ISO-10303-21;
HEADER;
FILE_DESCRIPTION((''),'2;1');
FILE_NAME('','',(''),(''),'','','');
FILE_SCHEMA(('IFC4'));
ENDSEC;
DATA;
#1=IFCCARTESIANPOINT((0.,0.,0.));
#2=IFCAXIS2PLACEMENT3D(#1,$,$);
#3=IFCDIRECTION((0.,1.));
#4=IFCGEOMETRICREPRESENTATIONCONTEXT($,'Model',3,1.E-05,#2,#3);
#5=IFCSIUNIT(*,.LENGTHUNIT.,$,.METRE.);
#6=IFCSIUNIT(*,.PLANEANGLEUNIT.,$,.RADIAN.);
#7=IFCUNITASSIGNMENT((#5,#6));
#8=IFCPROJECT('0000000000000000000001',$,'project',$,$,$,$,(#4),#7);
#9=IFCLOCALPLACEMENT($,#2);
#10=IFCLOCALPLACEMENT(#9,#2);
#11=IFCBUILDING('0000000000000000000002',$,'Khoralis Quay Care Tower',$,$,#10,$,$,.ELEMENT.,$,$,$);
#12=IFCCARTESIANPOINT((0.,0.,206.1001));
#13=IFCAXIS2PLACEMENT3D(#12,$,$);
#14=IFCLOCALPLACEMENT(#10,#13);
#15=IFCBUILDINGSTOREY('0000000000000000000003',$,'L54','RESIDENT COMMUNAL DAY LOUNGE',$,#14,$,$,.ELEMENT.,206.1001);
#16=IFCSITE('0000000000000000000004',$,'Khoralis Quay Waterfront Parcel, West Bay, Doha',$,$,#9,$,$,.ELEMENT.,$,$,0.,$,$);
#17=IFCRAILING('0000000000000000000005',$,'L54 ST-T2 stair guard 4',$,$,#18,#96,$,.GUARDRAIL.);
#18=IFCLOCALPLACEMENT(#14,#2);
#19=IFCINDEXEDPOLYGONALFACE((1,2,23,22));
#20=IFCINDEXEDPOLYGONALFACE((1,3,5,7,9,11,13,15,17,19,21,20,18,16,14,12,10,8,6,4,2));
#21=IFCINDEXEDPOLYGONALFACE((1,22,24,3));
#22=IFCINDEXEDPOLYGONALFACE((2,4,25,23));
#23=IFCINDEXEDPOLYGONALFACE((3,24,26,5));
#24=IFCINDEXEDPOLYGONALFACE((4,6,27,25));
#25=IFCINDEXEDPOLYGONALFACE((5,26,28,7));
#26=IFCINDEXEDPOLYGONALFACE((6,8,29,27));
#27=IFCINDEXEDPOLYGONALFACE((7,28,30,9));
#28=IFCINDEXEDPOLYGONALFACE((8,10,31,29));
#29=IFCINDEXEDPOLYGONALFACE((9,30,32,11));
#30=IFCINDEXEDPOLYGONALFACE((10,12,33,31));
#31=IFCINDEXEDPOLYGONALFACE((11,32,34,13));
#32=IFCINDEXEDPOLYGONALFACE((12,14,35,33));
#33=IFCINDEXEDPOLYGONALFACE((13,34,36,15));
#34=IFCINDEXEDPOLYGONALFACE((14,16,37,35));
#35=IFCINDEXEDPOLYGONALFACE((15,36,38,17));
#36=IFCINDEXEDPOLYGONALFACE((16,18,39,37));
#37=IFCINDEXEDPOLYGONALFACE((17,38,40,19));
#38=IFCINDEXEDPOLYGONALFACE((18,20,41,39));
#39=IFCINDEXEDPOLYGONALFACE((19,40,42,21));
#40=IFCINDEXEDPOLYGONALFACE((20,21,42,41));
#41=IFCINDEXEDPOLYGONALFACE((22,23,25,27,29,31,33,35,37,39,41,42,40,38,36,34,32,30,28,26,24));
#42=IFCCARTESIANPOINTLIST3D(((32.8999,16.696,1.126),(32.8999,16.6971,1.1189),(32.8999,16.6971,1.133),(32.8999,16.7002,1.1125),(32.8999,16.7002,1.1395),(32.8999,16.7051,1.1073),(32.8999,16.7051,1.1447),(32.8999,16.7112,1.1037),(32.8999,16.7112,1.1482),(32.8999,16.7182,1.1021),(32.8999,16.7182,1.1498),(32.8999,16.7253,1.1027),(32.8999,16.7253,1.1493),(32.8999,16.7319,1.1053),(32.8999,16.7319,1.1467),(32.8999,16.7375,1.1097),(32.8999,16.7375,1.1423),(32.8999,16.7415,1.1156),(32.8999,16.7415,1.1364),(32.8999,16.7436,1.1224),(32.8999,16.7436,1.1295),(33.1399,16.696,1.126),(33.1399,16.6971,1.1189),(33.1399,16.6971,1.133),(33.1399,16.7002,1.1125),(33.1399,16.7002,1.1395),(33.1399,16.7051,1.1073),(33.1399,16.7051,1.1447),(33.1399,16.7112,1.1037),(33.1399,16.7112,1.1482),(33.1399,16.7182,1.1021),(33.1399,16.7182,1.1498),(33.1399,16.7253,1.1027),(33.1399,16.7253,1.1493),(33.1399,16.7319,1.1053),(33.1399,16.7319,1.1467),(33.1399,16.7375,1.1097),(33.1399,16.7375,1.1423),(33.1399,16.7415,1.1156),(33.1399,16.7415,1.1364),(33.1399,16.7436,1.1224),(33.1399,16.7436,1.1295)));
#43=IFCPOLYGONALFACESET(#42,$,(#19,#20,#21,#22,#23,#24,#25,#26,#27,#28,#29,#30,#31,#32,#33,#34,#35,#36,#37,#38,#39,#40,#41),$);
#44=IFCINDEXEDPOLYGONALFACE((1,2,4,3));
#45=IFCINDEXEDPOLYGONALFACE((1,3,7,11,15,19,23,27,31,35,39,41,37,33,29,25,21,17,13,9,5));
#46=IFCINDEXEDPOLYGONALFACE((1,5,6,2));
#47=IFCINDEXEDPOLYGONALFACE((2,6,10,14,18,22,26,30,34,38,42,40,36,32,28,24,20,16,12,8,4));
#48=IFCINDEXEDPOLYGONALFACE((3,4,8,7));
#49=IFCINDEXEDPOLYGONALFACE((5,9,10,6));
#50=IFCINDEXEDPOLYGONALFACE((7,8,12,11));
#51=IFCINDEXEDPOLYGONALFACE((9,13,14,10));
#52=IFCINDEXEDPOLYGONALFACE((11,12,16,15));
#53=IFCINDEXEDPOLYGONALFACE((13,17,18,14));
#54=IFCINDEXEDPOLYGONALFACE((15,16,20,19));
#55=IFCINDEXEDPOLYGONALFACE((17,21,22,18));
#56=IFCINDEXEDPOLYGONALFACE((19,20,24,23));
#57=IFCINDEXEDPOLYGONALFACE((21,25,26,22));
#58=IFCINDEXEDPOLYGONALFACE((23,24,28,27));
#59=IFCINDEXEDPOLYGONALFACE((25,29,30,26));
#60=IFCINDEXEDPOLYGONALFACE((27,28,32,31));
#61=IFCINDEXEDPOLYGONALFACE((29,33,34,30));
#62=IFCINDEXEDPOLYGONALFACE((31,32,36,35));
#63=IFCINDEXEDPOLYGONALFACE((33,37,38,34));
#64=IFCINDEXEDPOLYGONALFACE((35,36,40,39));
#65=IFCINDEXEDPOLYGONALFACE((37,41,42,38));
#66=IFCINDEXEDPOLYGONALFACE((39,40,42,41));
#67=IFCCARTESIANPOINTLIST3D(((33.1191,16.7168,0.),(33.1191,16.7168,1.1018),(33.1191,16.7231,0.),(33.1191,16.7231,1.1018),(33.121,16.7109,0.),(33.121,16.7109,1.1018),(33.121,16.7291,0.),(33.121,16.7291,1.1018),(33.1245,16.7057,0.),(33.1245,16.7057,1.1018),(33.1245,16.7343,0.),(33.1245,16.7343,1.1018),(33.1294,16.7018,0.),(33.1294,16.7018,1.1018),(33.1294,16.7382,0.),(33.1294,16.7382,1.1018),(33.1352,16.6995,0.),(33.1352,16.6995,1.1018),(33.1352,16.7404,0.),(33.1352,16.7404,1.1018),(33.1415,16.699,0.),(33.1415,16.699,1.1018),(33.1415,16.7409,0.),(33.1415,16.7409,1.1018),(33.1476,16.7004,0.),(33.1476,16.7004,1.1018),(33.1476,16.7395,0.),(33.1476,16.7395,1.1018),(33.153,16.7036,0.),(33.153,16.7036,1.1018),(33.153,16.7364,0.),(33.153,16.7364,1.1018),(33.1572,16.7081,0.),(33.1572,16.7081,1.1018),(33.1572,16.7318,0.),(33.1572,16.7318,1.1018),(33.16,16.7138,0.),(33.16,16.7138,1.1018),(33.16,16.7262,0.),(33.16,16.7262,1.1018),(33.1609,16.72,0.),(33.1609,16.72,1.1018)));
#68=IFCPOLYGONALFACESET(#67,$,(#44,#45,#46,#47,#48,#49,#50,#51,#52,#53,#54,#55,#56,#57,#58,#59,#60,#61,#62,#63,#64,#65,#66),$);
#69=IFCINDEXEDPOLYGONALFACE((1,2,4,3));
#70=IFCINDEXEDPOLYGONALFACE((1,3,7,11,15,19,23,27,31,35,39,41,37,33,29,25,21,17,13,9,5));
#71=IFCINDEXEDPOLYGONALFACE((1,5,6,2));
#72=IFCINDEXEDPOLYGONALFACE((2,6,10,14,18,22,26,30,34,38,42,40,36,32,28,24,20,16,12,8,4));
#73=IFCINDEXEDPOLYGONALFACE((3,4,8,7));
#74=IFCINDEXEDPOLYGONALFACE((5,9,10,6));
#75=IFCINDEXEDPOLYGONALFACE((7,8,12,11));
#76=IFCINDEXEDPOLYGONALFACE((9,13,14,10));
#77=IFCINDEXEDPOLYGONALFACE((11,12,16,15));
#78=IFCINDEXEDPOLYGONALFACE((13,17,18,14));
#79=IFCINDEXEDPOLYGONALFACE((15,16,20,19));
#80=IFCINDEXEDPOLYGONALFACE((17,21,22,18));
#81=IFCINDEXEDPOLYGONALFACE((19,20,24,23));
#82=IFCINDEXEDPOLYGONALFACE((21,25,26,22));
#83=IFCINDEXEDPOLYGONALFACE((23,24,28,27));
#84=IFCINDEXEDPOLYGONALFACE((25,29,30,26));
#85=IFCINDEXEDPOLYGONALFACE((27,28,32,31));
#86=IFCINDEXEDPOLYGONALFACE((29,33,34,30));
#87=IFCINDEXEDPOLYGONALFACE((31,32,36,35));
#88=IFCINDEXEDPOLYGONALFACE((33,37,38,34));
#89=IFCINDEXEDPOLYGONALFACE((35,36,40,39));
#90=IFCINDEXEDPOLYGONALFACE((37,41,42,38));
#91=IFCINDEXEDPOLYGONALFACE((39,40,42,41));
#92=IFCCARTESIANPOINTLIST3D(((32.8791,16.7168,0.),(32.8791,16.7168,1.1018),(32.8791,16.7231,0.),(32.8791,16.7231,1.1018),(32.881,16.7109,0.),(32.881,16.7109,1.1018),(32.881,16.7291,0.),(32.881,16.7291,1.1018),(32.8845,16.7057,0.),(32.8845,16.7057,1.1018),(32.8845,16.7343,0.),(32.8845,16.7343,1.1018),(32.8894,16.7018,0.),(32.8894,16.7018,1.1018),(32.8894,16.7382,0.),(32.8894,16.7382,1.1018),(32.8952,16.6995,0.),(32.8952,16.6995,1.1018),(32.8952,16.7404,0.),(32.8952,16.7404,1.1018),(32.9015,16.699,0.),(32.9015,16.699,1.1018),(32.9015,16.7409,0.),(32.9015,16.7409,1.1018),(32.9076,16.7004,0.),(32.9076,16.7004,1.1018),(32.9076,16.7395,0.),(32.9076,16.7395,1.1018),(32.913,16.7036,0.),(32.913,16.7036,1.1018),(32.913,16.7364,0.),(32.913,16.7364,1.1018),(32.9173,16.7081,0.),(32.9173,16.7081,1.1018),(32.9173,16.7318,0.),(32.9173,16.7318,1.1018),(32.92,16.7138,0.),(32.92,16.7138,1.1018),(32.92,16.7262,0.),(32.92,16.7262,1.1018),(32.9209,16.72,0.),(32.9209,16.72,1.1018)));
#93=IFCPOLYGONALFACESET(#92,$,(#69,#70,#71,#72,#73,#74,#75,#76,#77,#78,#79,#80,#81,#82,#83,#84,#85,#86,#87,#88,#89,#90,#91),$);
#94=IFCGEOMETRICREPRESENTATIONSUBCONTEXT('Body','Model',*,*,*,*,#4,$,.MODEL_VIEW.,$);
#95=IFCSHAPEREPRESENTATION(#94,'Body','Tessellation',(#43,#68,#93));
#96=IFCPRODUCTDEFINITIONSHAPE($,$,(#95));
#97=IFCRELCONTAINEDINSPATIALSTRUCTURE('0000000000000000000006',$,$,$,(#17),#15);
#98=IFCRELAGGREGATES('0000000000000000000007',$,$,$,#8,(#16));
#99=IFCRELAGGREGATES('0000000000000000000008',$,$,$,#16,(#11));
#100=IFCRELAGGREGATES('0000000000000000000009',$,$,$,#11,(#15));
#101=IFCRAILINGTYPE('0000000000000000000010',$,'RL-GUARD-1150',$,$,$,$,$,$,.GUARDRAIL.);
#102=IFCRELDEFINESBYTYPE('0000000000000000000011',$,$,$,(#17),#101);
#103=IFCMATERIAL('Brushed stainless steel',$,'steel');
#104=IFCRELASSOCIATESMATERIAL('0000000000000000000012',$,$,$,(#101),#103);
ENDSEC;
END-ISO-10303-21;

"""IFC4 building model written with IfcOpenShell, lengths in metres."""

from ifc_helpers import new_model, si_unit, direction, frame, origin, origin_2d, place, context, subcontext, project, spatial, circle, extrude, material, type_object, element, save


model = new_model("IFC4")

# Units and contexts
model_context = context("Model", 3, precision=1e-05, world=origin(), true_north=direction((0.0, 1.0)))
body_context = subcontext(model_context, "Body", "Model", "MODEL_VIEW")
ifc_project = project(units=[si_unit("LENGTHUNIT", "METRE"), si_unit("PLANEANGLEUNIT", "RADIAN")], contexts=[model_context])

# Site, building, storey
site_placement = place(None, origin())
site = spatial("IfcSite", under=ifc_project, at=site_placement, Name="Khoralis Quay Waterfront Parcel, West Bay, Doha", CompositionType="ELEMENT", RefElevation=0.0)
building_placement = place(site_placement, origin())
building = spatial("IfcBuilding", under=site, at=building_placement, Name="Khoralis Quay Care Tower", CompositionType="ELEMENT")
storey_placement = place(building_placement, frame((0.0, 0.0, 206.1001)))
storey = spatial("IfcBuildingStorey", under=building, at=storey_placement, Name="L54", Description="RESIDENT COMMUNAL DAY LOUNGE", CompositionType="ELEMENT", Elevation=206.1001)

# Shared definitions
ifc_material_1 = material(Name="Brushed stainless steel", Category="steel")

# Railing
railing_type_1 = type_object("IfcRailingType", Name="RL-GUARD-1150", PredefinedType="GUARDRAIL", material=ifc_material_1)
railing_1_placement = place(storey_placement, frame((33.1399, 16.72, 0.0)))
element("IfcRailing", 1, at=railing_1_placement, inside=storey, type_object=railing_type_1, Name="L54 ST-T2 stair guard 4", PredefinedType="GUARDRAIL", context=body_context, shape_type="SweptSolid", body=[
    extrude(circle(Radius=0.0239, at=origin_2d()), frame((0.0, 0.0, 1.126), z_axis=(-1.0, 0.0, 0.0), x_axis=(0.0, -1.0, 0.0)), (0.0, 0.0, 1.0), 0.24),
    extrude(circle(Radius=0.021, at=origin_2d()), origin(), (0.0, 0.0, 1.0), 1.1018),
    extrude(circle(Radius=0.021, at=origin_2d()), frame((-0.24, 0.0, 0.0)), (0.0, 0.0, 1.0), 1.1018),
])

save(model, "model.ifc")
